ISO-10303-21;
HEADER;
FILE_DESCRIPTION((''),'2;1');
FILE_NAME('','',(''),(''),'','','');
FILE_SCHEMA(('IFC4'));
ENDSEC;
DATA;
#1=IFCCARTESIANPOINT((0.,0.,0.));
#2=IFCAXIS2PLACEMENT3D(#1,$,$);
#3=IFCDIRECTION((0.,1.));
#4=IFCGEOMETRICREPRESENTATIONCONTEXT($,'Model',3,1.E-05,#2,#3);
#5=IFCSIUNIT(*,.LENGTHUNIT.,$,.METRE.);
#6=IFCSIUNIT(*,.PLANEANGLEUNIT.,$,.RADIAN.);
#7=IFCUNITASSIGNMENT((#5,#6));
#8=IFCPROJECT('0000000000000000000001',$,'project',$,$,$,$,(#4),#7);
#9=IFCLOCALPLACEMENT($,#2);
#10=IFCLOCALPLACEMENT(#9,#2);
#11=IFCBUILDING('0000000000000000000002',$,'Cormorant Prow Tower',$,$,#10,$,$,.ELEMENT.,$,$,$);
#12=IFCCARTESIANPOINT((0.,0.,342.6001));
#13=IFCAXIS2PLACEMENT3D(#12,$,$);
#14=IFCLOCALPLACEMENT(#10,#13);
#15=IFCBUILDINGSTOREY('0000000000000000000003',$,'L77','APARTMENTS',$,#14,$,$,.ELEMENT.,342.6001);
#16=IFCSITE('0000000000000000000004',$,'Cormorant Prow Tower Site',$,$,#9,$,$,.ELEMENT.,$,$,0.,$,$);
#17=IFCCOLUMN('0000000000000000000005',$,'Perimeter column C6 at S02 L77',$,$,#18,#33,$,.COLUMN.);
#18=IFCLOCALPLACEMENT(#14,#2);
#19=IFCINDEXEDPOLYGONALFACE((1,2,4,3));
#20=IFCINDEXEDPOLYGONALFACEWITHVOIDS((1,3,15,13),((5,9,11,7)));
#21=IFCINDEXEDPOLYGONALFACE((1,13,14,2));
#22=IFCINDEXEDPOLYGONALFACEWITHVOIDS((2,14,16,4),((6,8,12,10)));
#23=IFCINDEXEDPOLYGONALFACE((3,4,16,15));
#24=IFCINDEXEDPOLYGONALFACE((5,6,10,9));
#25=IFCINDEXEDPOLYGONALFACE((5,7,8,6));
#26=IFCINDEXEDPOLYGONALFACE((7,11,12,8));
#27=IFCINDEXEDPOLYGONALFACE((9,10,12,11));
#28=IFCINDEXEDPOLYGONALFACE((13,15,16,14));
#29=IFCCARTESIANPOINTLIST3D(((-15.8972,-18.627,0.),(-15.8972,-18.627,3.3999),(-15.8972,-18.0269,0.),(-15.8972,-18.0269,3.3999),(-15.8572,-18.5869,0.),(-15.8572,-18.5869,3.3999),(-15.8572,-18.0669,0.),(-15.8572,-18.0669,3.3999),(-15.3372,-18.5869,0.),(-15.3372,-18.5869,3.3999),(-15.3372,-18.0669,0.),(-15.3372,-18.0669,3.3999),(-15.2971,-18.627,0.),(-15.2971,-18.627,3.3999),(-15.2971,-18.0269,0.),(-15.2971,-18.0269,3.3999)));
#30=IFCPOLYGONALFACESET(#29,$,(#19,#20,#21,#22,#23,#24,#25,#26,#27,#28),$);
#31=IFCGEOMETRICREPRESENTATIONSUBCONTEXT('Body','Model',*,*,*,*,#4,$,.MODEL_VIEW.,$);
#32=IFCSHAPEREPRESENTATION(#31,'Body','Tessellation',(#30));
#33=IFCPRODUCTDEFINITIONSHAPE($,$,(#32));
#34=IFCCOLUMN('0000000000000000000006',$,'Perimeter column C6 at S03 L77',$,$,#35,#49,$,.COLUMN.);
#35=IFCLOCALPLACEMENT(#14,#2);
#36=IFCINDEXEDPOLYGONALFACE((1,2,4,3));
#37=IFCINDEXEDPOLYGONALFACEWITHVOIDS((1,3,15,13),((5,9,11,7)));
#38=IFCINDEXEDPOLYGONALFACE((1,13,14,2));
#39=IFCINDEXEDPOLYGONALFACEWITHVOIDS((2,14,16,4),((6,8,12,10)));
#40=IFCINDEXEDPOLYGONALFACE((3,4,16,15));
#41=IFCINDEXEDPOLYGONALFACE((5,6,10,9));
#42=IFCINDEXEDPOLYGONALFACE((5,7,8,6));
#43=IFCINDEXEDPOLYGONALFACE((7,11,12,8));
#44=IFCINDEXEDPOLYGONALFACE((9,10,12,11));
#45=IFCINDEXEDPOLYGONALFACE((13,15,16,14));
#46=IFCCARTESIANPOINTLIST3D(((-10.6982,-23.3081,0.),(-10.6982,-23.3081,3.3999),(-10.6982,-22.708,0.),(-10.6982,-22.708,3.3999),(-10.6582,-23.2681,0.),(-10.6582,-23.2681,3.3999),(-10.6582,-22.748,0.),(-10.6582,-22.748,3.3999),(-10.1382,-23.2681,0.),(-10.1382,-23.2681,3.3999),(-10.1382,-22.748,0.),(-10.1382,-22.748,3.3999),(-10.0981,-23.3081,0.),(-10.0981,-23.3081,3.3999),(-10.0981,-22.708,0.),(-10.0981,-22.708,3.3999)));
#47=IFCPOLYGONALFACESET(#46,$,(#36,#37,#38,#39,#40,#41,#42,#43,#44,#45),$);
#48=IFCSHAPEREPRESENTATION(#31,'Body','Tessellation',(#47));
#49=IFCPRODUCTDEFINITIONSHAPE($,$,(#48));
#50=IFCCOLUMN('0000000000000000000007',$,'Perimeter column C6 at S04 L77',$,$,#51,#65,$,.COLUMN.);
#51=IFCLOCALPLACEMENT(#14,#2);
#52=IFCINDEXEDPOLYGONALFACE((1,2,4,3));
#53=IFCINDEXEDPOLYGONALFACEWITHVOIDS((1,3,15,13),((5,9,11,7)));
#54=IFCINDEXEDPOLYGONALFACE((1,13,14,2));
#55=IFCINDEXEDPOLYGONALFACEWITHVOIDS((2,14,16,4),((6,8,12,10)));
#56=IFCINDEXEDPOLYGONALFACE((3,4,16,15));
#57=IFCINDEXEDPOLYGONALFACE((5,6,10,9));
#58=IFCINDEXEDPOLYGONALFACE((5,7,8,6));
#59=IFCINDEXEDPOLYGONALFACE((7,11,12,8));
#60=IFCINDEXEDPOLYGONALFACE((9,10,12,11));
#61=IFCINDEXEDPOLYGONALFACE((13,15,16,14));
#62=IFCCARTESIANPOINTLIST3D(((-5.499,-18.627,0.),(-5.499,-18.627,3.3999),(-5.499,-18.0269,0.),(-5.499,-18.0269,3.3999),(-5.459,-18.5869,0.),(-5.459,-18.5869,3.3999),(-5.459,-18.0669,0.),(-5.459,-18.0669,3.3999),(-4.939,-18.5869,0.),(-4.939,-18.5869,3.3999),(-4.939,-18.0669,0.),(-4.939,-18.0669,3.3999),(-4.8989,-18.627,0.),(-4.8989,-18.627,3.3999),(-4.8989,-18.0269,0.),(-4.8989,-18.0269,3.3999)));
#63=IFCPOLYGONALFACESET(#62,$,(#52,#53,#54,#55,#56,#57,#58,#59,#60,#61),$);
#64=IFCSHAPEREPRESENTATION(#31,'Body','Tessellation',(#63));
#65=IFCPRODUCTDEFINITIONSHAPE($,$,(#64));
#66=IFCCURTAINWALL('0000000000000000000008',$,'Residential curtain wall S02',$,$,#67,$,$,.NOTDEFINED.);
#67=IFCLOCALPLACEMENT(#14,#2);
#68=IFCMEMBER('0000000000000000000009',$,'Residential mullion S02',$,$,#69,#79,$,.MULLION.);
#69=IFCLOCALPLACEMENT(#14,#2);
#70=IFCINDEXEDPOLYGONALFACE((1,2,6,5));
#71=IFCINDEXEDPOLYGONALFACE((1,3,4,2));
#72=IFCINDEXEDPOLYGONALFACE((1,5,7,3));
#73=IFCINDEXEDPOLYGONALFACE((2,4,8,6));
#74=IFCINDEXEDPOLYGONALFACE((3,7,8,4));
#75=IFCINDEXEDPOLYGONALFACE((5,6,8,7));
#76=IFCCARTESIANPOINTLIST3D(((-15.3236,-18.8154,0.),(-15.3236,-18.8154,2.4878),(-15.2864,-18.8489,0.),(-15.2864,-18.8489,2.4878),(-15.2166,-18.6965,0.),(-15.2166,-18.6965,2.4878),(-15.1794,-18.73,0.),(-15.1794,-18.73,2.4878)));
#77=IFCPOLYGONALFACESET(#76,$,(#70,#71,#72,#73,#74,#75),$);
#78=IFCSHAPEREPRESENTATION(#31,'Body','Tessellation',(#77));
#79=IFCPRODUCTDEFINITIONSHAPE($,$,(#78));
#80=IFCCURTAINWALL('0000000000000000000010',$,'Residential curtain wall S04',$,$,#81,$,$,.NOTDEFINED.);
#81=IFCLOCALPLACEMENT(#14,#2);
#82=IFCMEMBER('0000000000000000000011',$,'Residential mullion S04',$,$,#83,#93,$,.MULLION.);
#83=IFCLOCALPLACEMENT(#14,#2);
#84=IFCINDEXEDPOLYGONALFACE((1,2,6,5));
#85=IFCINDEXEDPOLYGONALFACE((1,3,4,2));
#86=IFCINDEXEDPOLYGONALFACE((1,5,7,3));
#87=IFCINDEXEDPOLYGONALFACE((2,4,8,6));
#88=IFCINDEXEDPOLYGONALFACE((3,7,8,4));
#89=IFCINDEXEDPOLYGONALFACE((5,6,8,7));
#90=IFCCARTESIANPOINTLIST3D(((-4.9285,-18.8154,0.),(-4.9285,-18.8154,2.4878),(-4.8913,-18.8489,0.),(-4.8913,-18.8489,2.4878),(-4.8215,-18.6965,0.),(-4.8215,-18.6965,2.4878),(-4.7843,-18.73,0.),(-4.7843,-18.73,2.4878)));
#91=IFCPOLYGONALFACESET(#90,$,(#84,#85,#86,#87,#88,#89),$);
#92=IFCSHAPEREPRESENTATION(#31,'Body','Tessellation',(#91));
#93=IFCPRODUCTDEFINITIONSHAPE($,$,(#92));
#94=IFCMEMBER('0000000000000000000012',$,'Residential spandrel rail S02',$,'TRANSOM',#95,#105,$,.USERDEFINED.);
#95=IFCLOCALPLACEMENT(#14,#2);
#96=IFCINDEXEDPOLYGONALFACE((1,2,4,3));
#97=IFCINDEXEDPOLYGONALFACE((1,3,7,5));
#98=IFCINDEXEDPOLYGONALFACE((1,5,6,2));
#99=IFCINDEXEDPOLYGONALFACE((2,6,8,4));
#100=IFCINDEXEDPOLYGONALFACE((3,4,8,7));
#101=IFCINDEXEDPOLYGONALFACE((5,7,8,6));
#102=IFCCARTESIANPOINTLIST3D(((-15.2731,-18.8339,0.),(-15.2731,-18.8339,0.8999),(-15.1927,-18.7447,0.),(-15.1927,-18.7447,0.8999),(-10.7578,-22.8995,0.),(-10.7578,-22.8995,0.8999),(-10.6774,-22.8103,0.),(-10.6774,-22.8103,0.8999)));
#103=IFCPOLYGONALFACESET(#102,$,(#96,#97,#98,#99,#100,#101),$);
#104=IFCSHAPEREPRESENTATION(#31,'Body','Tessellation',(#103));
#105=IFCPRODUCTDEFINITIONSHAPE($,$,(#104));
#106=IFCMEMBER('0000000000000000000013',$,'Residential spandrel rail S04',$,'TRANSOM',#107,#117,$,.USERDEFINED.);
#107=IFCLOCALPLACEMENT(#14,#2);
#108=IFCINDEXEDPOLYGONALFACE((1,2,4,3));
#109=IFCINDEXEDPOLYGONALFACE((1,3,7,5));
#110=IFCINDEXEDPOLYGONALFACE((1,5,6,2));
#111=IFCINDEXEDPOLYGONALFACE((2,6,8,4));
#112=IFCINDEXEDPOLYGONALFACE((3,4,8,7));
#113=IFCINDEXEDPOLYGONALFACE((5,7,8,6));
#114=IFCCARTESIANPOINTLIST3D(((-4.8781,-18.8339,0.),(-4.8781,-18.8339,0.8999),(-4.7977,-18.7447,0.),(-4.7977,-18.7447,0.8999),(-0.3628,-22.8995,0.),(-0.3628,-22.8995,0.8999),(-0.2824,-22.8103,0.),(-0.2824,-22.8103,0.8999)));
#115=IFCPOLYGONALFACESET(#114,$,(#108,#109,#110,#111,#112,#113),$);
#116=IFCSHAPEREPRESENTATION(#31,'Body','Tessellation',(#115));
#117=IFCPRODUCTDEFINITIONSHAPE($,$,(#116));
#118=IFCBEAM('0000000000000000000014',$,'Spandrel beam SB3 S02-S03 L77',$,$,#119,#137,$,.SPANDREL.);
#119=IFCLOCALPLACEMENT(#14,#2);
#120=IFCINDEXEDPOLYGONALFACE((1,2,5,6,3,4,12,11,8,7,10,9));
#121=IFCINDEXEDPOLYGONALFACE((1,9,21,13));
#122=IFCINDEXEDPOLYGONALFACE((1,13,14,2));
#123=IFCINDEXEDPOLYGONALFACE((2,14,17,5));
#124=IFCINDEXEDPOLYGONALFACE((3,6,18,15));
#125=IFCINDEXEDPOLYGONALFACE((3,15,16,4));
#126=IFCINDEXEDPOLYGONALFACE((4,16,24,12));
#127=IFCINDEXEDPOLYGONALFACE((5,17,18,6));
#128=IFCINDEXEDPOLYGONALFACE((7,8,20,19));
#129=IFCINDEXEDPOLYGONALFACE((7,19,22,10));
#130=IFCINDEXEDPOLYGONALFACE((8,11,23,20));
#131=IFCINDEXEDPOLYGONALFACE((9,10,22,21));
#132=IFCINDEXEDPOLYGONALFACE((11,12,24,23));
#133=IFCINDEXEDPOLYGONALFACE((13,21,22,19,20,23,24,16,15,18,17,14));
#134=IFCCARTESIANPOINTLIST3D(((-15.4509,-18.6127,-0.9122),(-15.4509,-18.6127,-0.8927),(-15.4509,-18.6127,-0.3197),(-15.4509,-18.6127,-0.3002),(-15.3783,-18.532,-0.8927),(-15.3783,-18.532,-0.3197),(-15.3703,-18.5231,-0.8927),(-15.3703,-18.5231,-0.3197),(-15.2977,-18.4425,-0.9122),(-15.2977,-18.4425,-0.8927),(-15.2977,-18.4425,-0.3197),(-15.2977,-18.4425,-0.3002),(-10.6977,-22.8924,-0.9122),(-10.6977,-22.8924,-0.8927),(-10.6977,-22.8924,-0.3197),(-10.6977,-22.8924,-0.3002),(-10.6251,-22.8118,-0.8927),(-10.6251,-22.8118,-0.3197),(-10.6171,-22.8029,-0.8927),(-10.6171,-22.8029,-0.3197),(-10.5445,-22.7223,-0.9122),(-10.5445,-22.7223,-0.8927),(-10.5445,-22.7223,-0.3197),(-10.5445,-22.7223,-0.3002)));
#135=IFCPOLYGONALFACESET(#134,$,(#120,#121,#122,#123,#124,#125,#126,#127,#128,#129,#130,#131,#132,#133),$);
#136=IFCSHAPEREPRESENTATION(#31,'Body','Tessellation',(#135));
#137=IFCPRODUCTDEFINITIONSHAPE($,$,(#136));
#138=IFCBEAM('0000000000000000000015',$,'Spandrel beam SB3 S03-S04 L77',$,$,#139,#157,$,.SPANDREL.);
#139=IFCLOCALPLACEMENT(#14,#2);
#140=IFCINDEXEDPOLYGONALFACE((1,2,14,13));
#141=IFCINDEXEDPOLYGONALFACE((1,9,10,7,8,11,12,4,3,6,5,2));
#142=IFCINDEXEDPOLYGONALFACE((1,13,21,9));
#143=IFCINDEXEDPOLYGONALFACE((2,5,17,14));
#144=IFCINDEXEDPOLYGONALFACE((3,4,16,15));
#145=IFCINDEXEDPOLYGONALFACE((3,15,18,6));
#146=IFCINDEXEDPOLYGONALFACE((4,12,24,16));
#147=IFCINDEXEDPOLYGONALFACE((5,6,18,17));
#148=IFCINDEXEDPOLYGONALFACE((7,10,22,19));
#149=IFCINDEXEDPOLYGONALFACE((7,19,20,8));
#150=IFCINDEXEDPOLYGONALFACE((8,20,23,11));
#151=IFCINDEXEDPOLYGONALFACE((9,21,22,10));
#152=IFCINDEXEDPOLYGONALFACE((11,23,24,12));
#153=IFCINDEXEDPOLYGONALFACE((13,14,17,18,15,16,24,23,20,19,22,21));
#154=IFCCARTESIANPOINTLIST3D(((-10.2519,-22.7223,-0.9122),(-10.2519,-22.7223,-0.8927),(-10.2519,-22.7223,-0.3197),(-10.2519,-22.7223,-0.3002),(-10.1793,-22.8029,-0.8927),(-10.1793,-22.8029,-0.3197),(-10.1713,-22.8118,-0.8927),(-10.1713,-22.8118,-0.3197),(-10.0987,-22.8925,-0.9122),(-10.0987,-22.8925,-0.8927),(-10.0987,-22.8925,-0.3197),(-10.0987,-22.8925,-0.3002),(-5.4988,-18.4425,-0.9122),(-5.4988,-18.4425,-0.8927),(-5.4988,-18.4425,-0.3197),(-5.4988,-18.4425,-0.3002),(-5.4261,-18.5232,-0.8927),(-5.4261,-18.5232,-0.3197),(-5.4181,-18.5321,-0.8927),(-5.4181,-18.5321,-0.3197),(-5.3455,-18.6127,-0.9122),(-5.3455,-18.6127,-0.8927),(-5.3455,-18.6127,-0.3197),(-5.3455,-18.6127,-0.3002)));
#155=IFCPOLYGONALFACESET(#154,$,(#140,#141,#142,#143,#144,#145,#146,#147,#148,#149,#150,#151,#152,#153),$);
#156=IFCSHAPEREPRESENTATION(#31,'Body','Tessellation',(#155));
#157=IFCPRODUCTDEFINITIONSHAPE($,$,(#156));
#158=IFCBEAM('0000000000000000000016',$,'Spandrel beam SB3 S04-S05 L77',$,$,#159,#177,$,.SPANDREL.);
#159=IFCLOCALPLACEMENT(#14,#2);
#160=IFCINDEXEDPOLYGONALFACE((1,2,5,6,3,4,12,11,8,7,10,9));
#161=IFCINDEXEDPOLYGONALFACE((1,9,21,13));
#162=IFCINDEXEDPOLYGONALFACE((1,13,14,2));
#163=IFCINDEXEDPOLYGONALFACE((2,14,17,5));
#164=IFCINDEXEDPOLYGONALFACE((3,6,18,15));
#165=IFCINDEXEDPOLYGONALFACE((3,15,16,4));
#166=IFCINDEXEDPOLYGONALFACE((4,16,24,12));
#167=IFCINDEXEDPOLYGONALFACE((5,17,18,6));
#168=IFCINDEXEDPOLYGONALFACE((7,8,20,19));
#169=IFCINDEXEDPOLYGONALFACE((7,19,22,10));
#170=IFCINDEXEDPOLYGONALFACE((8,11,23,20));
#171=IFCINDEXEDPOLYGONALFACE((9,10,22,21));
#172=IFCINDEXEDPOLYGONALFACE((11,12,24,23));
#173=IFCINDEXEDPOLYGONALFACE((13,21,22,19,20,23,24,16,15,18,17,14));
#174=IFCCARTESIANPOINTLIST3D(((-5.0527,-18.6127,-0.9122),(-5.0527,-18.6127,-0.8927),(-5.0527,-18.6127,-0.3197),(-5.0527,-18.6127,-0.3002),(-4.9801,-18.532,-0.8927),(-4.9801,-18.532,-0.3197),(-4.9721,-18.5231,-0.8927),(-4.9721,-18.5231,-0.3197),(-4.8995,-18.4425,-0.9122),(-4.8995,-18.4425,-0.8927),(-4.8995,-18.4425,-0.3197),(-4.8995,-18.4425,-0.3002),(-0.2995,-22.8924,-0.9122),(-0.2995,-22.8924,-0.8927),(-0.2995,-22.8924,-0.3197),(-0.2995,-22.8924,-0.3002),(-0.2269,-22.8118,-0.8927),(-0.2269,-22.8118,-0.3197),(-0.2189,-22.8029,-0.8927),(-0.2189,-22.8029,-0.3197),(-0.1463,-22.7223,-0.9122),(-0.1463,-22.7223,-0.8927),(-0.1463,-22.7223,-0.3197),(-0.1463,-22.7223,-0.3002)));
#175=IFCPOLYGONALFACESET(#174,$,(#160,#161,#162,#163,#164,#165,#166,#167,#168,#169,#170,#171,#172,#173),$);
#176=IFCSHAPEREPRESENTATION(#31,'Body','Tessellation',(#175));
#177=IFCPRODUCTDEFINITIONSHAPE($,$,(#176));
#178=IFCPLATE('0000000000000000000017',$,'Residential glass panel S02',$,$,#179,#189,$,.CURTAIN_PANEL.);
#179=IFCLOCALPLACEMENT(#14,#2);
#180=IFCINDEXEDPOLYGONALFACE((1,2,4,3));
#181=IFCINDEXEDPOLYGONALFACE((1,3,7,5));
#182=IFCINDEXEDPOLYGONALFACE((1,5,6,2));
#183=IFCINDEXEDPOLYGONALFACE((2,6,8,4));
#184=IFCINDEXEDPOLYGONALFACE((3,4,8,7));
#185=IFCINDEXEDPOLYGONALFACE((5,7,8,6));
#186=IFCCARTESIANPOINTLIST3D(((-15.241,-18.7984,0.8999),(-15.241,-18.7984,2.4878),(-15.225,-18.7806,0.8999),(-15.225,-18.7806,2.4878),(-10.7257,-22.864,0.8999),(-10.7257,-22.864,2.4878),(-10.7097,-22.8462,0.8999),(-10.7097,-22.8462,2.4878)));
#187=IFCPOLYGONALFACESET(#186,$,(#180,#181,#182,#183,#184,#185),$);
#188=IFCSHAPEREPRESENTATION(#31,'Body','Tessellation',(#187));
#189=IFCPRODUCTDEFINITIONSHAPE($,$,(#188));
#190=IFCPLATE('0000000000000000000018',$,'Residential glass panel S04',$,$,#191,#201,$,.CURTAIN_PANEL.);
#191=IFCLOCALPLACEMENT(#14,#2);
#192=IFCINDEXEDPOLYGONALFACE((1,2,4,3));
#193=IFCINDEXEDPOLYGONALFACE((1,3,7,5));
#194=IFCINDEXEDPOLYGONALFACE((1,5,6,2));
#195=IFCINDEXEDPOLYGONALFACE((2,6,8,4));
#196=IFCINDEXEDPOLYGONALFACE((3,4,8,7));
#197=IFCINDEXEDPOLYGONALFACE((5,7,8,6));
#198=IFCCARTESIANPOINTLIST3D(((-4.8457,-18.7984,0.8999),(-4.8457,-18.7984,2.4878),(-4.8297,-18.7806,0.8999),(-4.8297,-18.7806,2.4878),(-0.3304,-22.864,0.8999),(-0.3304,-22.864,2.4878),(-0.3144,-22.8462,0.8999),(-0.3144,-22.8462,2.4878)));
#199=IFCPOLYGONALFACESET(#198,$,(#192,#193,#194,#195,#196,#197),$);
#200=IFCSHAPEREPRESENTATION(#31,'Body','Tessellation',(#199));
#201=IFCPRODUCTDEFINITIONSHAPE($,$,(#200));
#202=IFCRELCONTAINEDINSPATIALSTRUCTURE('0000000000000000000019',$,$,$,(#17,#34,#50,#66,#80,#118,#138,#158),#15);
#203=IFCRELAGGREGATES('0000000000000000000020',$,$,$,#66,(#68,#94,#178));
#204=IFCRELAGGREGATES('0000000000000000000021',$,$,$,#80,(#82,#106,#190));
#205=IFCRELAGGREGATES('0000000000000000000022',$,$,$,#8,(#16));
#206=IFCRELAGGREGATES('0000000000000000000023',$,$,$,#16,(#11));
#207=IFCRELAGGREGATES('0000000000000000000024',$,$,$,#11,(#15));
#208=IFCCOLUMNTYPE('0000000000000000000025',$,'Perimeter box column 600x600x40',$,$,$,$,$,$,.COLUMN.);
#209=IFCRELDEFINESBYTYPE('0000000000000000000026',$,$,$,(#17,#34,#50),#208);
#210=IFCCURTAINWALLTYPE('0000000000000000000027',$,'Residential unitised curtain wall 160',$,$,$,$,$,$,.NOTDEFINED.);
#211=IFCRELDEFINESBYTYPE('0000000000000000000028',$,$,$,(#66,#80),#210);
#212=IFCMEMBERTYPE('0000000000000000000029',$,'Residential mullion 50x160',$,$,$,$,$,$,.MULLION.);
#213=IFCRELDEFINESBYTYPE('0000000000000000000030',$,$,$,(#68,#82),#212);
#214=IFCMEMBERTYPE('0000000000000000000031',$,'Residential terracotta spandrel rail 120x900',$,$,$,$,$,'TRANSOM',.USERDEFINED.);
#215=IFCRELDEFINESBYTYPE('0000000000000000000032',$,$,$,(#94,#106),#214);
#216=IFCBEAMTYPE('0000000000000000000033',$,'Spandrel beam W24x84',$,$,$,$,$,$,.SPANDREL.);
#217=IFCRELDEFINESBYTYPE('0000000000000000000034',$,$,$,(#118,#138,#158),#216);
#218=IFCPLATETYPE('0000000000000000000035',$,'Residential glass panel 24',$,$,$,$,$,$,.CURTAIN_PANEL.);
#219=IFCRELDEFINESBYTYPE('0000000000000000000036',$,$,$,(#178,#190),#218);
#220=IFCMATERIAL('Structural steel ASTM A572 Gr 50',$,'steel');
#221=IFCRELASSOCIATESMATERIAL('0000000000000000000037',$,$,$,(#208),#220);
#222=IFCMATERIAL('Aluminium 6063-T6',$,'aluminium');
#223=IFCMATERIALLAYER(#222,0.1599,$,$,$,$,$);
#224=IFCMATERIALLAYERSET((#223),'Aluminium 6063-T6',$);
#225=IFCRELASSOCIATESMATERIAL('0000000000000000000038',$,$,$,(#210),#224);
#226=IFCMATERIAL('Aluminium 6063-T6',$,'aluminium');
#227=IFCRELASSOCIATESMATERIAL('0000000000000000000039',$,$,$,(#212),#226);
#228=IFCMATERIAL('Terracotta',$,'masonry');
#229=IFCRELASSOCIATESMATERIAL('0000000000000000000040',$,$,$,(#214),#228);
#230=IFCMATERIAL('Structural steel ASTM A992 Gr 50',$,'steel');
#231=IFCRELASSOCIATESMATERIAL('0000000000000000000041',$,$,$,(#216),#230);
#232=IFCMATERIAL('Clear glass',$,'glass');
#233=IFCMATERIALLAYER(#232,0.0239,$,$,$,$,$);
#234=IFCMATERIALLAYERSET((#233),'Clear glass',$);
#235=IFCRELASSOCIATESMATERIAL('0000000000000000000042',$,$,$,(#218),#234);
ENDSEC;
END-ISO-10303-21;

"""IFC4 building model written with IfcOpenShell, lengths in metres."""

from ifc_helpers import new_model, si_unit, direction, frame, origin, origin_2d, place, context, subcontext, project, spatial, rectangle, hollow_rectangle, i_section, extrude, material, layer, layer_set, material_profile, profile_set, type_object, element, aggregate, save


model = new_model("IFC4")

# Units and contexts
model_context = context("Model", 3, precision=1e-05, world=origin(), true_north=direction((0.0, 1.0)))
body_context = subcontext(model_context, "Body", "Model", "MODEL_VIEW")
ifc_project = project(units=[si_unit("LENGTHUNIT", "METRE"), si_unit("PLANEANGLEUNIT", "RADIAN")], contexts=[model_context])

# Site, building, storey
site_placement = place(None, origin())
site = spatial("IfcSite", under=ifc_project, at=site_placement, Name="Cormorant Prow Tower Site", CompositionType="ELEMENT", RefElevation=0.0)
building_placement = place(site_placement, origin())
building = spatial("IfcBuilding", under=site, at=building_placement, Name="Cormorant Prow Tower", CompositionType="ELEMENT")
storey_placement = place(building_placement, frame((0.0, 0.0, 342.6001)))
storey = spatial("IfcBuildingStorey", under=building, at=storey_placement, Name="L77", Description="APARTMENTS", CompositionType="ELEMENT", Elevation=342.6001)

# Columns
ifc_material_1 = material(Name="Structural steel ASTM A572 Gr 50", Category="steel")
ifc_material_profile_1 = material_profile(ifc_material_1, hollow_rectangle(XDim=0.6001, YDim=0.6001, WallThickness=0.04, at=origin_2d()), Name="Box 600x600x40")
ifc_profile_set_1 = profile_set([ifc_material_profile_1], Name="Structural steel ASTM A572 Gr 50")
column_type = type_object("IfcColumnType", Name="Perimeter box column 600x600x40", PredefinedType="COLUMN", material=ifc_profile_set_1)
for number, where, z_axis, x_axis, name in (
    (1, (-15.5972, -18.3269, 0.0), (0.0, 0.0, 1.0), (1.0, 0.0, 0.0), "Perimeter column C6 at S02 L77"),
    (2, (-10.3982, -23.0081, 0.0), (0.0, 0.0, 1.0), (1.0, 0.0, 0.0), "Perimeter column C6 at S03 L77"),
    (3, (-5.199, -18.3269, 0.0), (0.0, 0.0, 1.0), (1.0, 0.0, 0.0), "Perimeter column C6 at S04 L77"),
):
    element("IfcColumn", number, at=place(storey_placement, frame(where, z_axis=z_axis, x_axis=x_axis)), inside=storey, type_object=column_type, Name=name, PredefinedType="COLUMN", context=body_context, shape_type="SweptSolid", body=[
        extrude(hollow_rectangle(XDim=0.6001, YDim=0.6001, WallThickness=0.04, at=origin_2d()), origin(), (0.0, 0.0, 1.0), 3.3999),
    ])

# Curtain walls, members
ifc_material_2 = material(Name="Aluminium 6063-T6", Category="aluminium")
ifc_layer_1 = layer(ifc_material_2, 0.1599)
ifc_layer_set_1 = layer_set([ifc_layer_1], Name="Aluminium 6063-T6")
curtain_wall_type = type_object("IfcCurtainWallType", Name="Residential unitised curtain wall 160", PredefinedType="NOTDEFINED", material=ifc_layer_set_1)
curtain_wall_1_placement = place(storey_placement, origin())
curtain_wall_1 = element("IfcCurtainWall", 4, at=curtain_wall_1_placement, inside=storey, type_object=curtain_wall_type, Name="Residential curtain wall S02", PredefinedType="NOTDEFINED")
ifc_material_3 = material(Name="Aluminium 6063-T6", Category="aluminium")
ifc_material_profile_2 = material_profile(ifc_material_3, rectangle(XDim=0.1599, YDim=0.05, at=origin_2d()), Name="Residential mullion 50x160")
ifc_profile_set_2 = profile_set([ifc_material_profile_2], Name="Aluminium 6063-T6")
member_type_1 = type_object("IfcMemberType", Name="Residential mullion 50x160", PredefinedType="MULLION", material=ifc_profile_set_2)
member_1_placement = place(storey_placement, frame((-15.2515, -18.7727, 0.0), z_axis=(0.0, 0.0, 1.0), x_axis=(0.669131, 0.743145, 0.0)))
member_1 = element("IfcMember", 5, at=member_1_placement, type_object=member_type_1, Name="Residential mullion S02", PredefinedType="MULLION", context=body_context, shape_type="SweptSolid", body=[
    extrude(rectangle(XDim=0.1599, YDim=0.05, at=origin_2d()), origin(), (0.0, 0.0, 1.0), 2.4878),
])
curtain_wall_2_placement = place(storey_placement, origin())
curtain_wall_2 = element("IfcCurtainWall", 6, at=curtain_wall_2_placement, inside=storey, type_object=curtain_wall_type, Name="Residential curtain wall S04", PredefinedType="NOTDEFINED")
member_2_placement = place(storey_placement, frame((-4.8564, -18.7727, 0.0), z_axis=(0.0, 0.0, 1.0), x_axis=(0.669131, 0.743145, 0.0)))
member_2 = element("IfcMember", 7, at=member_2_placement, type_object=member_type_1, Name="Residential mullion S04", PredefinedType="MULLION", context=body_context, shape_type="SweptSolid", body=[
    extrude(rectangle(XDim=0.1599, YDim=0.05, at=origin_2d()), origin(), (0.0, 0.0, 1.0), 2.4878),
])

# Members
ifc_material_4 = material(Name="Terracotta", Category="masonry")
ifc_material_profile_3 = material_profile(ifc_material_4, rectangle(XDim=0.1201, YDim=0.8999, at=origin_2d()), Name="Residential terracotta spandrel rail 120x900")
ifc_profile_set_3 = profile_set([ifc_material_profile_3], Name="Terracotta")
member_type_2 = type_object("IfcMemberType", Name="Residential terracotta spandrel rail 120x900", ElementType="TRANSOM", PredefinedType="USERDEFINED", material=ifc_profile_set_3)
member_3_placement = place(storey_placement, frame((-15.2329, -18.7893, 0.45), z_axis=(0.743144, -0.669131, 0.0), x_axis=(0.669131, 0.743144, 0.0)))
member_3 = element("IfcMember", 8, at=member_3_placement, type_object=member_type_2, Name="Residential spandrel rail S02", ObjectType="TRANSOM", PredefinedType="USERDEFINED", context=body_context, shape_type="SweptSolid", body=[
    extrude(rectangle(XDim=0.1201, YDim=0.8999, at=origin_2d()), origin(), (0.0, 0.0, 1.0), 6.0759),
])
member_4_placement = place(storey_placement, frame((-4.8379, -18.7893, 0.45), z_axis=(0.743144, -0.669131, 0.0), x_axis=(0.669131, 0.743144, 0.0)))
member_4 = element("IfcMember", 9, at=member_4_placement, type_object=member_type_2, Name="Residential spandrel rail S04", ObjectType="TRANSOM", PredefinedType="USERDEFINED", context=body_context, shape_type="SweptSolid", body=[
    extrude(rectangle(XDim=0.1201, YDim=0.8999, at=origin_2d()), origin(), (0.0, 0.0, 1.0), 6.0759),
])

# Beams
ifc_material_5 = material(Name="Structural steel ASTM A992 Gr 50", Category="steel")
ifc_material_profile_4 = material_profile(ifc_material_5, i_section(OverallWidth=0.229, OverallDepth=0.6121, WebThickness=0.012, FlangeThickness=0.0195, at=origin_2d()), Name="W24x84")
ifc_profile_set_4 = profile_set([ifc_material_profile_4], Name="Structural steel ASTM A992 Gr 50")
beam_type = type_object("IfcBeamType", Name="Spandrel beam W24x84", PredefinedType="SPANDREL", material=ifc_profile_set_4)
for number, where, z_axis, x_axis, name in (
    (10, (-15.3743, -18.5276, -0.6062), (0.743144, -0.669131, 0.0), (0.669131, 0.743144, 0.0), "Spandrel beam SB3 S02-S03 L77"),
    (11, (-10.1753, -22.8074, -0.6062), (0.743144, 0.669131, 0.0), (-0.669131, 0.743144, 0.0), "Spandrel beam SB3 S03-S04 L77"),
    (12, (-4.9761, -18.5276, -0.6062), (0.743144, -0.669131, 0.0), (0.669131, 0.743144, 0.0), "Spandrel beam SB3 S04-S05 L77"),
):
    element("IfcBeam", number, at=place(storey_placement, frame(where, z_axis=z_axis, x_axis=x_axis)), inside=storey, type_object=beam_type, Name=name, PredefinedType="SPANDREL", context=body_context, shape_type="SweptSolid", body=[
        extrude(i_section(OverallWidth=0.229, OverallDepth=0.6121, WebThickness=0.012, FlangeThickness=0.0195, at=origin_2d()), origin(), (0.0, 0.0, 1.0), 6.396),
    ])

# Plates
ifc_material_6 = material(Name="Clear glass", Category="glass")
ifc_layer_2 = layer(ifc_material_6, 0.0239)
ifc_layer_set_2 = layer_set([ifc_layer_2], Name="Clear glass")
plate_type = type_object("IfcPlateType", Name="Residential glass panel 24", PredefinedType="CURTAIN_PANEL", material=ifc_layer_set_2)
plate_1_placement = place(storey_placement, frame((-12.9753, -20.8223, 0.8999), z_axis=(0.0, 0.0, 1.0), x_axis=(0.743145, -0.669131, 0.0)))
plate_1 = element("IfcPlate", 13, at=plate_1_placement, type_object=plate_type, Name="Residential glass panel S02", PredefinedType="CURTAIN_PANEL", context=body_context, shape_type="SweptSolid", body=[
    extrude(rectangle(XDim=6.0759, YDim=0.0239, at=origin_2d()), origin(), (0.0, 0.0, 1.0), 1.5879),
])
aggregate(curtain_wall_1, [member_1, member_3, plate_1])
plate_2_placement = place(storey_placement, frame((-2.5801, -20.8223, 0.8999), z_axis=(0.0, 0.0, 1.0), x_axis=(0.743145, -0.669131, 0.0)))
plate_2 = element("IfcPlate", 14, at=plate_2_placement, type_object=plate_type, Name="Residential glass panel S04", PredefinedType="CURTAIN_PANEL", context=body_context, shape_type="SweptSolid", body=[
    extrude(rectangle(XDim=6.0759, YDim=0.0239, at=origin_2d()), origin(), (0.0, 0.0, 1.0), 1.5879),
])
aggregate(curtain_wall_2, [member_2, member_4, plate_2])

save(model, "model.ifc")
